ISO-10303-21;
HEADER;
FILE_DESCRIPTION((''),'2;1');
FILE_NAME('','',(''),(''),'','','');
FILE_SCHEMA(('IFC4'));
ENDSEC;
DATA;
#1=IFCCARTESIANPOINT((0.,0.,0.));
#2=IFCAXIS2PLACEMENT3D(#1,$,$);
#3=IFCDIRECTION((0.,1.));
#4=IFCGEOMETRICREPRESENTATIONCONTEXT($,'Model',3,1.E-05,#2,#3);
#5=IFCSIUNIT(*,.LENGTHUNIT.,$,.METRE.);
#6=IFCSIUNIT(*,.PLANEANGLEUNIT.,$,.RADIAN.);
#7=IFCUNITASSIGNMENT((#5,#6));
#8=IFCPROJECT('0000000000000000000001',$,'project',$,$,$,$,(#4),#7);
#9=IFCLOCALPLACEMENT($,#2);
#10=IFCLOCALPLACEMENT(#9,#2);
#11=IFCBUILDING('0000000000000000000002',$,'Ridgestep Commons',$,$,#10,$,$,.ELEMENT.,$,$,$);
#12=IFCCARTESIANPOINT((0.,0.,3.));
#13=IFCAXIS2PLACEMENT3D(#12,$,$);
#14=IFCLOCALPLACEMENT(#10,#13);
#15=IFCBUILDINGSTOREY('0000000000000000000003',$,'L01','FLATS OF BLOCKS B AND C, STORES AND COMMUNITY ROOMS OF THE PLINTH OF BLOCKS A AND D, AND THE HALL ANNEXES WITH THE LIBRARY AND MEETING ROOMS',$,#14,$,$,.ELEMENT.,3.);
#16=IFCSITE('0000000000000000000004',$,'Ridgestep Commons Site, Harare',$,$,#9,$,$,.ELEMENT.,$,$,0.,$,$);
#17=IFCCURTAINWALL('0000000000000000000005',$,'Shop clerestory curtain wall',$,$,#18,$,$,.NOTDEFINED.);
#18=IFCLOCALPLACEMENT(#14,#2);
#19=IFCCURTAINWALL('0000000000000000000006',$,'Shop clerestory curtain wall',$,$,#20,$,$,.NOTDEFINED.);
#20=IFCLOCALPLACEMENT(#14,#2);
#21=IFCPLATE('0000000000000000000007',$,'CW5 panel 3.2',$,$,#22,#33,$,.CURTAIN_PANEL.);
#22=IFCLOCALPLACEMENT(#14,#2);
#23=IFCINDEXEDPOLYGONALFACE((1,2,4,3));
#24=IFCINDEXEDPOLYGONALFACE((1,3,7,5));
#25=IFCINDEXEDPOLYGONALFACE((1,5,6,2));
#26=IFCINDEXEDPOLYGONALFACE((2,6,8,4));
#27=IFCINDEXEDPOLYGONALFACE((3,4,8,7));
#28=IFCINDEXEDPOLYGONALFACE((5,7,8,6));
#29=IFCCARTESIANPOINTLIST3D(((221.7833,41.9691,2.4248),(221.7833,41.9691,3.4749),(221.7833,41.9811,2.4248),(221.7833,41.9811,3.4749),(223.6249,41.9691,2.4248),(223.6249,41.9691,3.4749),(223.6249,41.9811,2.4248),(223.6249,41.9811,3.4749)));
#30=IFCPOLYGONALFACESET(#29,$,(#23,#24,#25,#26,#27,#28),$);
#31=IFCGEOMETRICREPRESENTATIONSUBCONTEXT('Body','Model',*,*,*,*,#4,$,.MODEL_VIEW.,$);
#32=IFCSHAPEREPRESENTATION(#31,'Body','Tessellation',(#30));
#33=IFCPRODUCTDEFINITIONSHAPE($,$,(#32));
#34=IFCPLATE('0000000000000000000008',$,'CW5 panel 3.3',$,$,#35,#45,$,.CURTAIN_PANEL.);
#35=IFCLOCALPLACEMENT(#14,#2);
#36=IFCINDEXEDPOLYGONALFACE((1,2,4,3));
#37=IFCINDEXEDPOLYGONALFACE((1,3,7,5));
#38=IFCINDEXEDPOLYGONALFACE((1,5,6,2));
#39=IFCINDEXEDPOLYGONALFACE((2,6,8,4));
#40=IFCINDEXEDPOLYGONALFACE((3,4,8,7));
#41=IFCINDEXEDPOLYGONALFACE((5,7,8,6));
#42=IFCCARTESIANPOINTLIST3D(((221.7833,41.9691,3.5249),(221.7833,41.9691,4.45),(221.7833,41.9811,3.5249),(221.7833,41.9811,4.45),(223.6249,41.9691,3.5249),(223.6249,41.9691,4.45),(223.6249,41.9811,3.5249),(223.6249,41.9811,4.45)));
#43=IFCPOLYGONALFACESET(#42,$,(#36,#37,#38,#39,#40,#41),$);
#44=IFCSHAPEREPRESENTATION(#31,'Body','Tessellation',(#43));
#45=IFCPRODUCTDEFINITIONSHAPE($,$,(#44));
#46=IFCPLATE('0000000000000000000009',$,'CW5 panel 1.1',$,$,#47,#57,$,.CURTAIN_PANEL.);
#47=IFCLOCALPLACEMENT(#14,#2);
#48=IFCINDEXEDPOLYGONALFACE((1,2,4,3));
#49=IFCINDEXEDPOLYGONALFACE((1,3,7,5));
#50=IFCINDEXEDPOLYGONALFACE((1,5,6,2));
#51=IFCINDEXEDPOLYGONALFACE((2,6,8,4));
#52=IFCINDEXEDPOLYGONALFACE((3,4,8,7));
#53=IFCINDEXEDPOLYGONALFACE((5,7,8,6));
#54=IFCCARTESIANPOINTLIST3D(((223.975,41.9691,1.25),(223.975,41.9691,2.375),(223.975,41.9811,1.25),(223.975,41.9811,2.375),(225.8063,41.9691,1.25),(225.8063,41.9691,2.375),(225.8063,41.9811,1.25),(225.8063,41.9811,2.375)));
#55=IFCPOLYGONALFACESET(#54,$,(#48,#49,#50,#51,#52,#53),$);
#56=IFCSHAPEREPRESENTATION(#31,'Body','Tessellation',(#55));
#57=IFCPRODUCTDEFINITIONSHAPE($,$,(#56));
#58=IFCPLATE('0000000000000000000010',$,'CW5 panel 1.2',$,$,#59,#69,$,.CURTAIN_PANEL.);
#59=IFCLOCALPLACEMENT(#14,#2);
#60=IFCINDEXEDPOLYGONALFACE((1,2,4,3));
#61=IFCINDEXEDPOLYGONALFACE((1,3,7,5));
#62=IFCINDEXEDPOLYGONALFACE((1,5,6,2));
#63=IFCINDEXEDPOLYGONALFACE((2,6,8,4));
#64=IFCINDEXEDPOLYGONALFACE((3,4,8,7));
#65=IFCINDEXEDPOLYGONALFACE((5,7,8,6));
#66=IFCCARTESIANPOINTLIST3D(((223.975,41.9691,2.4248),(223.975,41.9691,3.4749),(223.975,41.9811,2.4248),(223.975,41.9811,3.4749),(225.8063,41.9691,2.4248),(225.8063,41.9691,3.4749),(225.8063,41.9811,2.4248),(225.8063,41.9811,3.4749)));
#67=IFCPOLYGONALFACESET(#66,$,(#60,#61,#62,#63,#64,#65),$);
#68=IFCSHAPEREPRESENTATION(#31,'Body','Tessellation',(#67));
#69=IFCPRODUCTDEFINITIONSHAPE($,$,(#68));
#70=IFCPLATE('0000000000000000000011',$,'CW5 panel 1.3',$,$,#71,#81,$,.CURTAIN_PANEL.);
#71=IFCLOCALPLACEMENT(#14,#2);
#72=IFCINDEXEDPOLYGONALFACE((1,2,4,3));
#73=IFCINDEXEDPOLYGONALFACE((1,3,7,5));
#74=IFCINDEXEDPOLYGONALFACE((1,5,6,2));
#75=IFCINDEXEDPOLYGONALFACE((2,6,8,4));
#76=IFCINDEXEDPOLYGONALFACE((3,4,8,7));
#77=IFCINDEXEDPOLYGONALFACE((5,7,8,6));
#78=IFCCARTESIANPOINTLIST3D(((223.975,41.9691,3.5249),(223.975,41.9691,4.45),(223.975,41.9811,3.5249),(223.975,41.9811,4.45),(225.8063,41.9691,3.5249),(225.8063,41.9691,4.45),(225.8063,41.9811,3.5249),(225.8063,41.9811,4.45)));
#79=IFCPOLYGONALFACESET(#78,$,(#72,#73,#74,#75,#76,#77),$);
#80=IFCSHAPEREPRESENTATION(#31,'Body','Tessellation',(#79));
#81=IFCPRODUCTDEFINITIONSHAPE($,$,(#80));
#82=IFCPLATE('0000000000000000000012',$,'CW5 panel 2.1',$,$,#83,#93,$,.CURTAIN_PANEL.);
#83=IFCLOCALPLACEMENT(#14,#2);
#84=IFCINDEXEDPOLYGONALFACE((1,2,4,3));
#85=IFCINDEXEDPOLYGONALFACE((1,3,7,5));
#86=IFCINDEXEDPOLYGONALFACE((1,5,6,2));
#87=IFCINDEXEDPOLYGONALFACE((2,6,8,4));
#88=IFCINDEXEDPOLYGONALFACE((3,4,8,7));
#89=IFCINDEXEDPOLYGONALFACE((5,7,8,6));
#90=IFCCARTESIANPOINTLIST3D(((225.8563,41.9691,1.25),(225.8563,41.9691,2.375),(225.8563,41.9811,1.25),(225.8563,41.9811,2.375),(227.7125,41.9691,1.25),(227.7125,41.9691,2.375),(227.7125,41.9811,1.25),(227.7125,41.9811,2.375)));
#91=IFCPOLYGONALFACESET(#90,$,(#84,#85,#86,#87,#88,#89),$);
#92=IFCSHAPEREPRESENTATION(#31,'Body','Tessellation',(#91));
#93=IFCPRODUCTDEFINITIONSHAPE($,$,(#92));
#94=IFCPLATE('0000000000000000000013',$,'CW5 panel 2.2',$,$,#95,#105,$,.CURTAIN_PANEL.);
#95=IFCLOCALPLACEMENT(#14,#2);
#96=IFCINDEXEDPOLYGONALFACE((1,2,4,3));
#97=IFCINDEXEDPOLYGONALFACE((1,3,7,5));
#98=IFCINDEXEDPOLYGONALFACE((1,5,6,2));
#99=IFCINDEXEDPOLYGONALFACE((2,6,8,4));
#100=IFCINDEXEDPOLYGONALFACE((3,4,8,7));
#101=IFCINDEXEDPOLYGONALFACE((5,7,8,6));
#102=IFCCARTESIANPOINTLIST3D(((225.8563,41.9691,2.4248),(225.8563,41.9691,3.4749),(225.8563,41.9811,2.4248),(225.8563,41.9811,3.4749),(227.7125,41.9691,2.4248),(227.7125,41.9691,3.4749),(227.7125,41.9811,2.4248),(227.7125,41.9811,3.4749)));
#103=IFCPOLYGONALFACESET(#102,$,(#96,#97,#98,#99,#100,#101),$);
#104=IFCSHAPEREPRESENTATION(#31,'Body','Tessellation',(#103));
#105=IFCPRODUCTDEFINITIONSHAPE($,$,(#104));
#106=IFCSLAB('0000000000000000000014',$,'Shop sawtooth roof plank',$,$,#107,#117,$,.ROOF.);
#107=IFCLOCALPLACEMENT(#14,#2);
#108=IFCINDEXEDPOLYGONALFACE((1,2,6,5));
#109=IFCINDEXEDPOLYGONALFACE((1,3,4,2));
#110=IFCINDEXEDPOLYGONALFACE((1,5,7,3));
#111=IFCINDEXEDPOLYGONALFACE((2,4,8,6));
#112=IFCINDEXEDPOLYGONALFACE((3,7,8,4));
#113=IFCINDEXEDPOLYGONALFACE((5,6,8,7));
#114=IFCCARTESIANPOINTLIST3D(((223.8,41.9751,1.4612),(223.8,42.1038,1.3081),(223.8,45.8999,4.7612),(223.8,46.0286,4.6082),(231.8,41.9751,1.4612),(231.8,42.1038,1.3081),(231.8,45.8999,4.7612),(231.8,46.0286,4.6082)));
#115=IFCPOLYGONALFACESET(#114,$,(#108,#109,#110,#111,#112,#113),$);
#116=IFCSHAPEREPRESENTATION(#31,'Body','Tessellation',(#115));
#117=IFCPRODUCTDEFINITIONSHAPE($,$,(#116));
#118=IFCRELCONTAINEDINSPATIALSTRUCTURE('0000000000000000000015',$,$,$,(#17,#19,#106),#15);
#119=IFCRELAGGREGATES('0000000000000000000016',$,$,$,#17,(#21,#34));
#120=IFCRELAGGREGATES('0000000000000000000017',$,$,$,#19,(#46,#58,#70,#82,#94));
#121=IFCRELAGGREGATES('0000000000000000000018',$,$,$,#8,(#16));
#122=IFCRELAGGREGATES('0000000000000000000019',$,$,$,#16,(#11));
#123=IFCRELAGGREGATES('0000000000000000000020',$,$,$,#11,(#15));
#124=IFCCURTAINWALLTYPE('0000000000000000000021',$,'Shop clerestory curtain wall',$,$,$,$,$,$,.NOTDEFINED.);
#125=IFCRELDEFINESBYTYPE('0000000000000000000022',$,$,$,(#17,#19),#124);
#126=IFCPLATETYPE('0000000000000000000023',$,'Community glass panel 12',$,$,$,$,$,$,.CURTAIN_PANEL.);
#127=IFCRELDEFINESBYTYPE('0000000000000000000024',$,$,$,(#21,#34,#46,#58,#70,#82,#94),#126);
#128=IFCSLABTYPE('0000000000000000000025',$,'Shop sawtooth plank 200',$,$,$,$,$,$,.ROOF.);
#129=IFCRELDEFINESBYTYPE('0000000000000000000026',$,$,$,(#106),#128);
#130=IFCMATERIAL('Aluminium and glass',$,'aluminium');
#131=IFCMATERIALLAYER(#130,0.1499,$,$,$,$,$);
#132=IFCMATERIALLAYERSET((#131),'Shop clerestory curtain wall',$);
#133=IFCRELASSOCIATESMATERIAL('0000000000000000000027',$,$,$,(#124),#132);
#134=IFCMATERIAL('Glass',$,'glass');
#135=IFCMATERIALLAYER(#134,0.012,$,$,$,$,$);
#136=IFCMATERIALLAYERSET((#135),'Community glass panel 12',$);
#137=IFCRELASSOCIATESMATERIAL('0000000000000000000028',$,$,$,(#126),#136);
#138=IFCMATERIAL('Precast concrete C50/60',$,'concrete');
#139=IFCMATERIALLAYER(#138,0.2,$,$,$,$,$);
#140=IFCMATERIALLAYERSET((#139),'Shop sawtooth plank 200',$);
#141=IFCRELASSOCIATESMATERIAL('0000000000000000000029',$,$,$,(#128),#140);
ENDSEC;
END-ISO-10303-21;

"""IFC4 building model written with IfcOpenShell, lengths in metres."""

from ifc_helpers import new_model, si_unit, direction, frame, origin, origin_2d, place, context, subcontext, project, spatial, polyline, rectangle, outline, extrude, material, layer, layer_set, type_object, element, aggregate, save


model = new_model("IFC4")

# Units and contexts
model_context = context("Model", 3, precision=1e-05, world=origin(), true_north=direction((0.0, 1.0)))
body_context = subcontext(model_context, "Body", "Model", "MODEL_VIEW")
ifc_project = project(units=[si_unit("LENGTHUNIT", "METRE"), si_unit("PLANEANGLEUNIT", "RADIAN")], contexts=[model_context])

# Site, building, storey
site_placement = place(None, origin())
site = spatial("IfcSite", under=ifc_project, at=site_placement, Name="Ridgestep Commons Site, Harare", CompositionType="ELEMENT", RefElevation=0.0)
building_placement = place(site_placement, origin())
building = spatial("IfcBuilding", under=site, at=building_placement, Name="Ridgestep Commons", CompositionType="ELEMENT")
storey_placement = place(building_placement, frame((0.0, 0.0, 3.0)))
storey = spatial("IfcBuildingStorey", under=building, at=storey_placement, Name="L01", Description="FLATS OF BLOCKS B AND C, STORES AND COMMUNITY ROOMS OF THE PLINTH OF BLOCKS A AND D, AND THE HALL ANNEXES WITH THE LIBRARY AND MEETING ROOMS", CompositionType="ELEMENT", Elevation=3.0)

# Curtain wall
ifc_material_1 = material(Name="Aluminium and glass", Category="aluminium")
ifc_layer_1 = layer(ifc_material_1, 0.1499)
ifc_layer_set_1 = layer_set([ifc_layer_1], Name="Shop clerestory curtain wall")
curtain_wall_type = type_object("IfcCurtainWallType", Name="Shop clerestory curtain wall", PredefinedType="NOTDEFINED", material=ifc_layer_set_1)
curtain_wall_1_placement = place(storey_placement, origin())
curtain_wall_1 = element("IfcCurtainWall", 1, at=curtain_wall_1_placement, inside=storey, type_object=curtain_wall_type, Name="Shop clerestory curtain wall", PredefinedType="NOTDEFINED")

# Curtain wall
curtain_wall_2_placement = place(storey_placement, origin())
curtain_wall_2 = element("IfcCurtainWall", 2, at=curtain_wall_2_placement, inside=storey, type_object=curtain_wall_type, Name="Shop clerestory curtain wall", PredefinedType="NOTDEFINED")

# Plates
ifc_material_2 = material(Name="Glass", Category="glass")
ifc_layer_2 = layer(ifc_material_2, 0.012)
ifc_layer_set_2 = layer_set([ifc_layer_2], Name="Community glass panel 12")
plate_type = type_object("IfcPlateType", Name="Community glass panel 12", PredefinedType="CURTAIN_PANEL", material=ifc_layer_set_2)
plate_1_placement = place(storey_placement, frame((222.7041, 41.9751, 2.4248), z_axis=(0.0, 0.0, 1.0), x_axis=(1.0, 0.0, 0.0)))
plate_1 = element("IfcPlate", 3, at=plate_1_placement, type_object=plate_type, Name="CW5 panel 3.2", PredefinedType="CURTAIN_PANEL", context=body_context, shape_type="SweptSolid", body=[
    extrude(rectangle(XDim=1.8416, YDim=0.012, at=origin_2d()), origin(), (0.0, 0.0, 1.0), 1.05),
])
plate_2_placement = place(storey_placement, frame((222.7041, 41.9751, 3.5249), z_axis=(0.0, 0.0, 1.0), x_axis=(1.0, 0.0, 0.0)))
plate_2 = element("IfcPlate", 4, at=plate_2_placement, type_object=plate_type, Name="CW5 panel 3.3", PredefinedType="CURTAIN_PANEL", context=body_context, shape_type="SweptSolid", body=[
    extrude(rectangle(XDim=1.8416, YDim=0.012, at=origin_2d()), origin(), (0.0, 0.0, 1.0), 0.925),
])
aggregate(curtain_wall_1, [plate_1, plate_2])
plate_3_placement = place(storey_placement, frame((224.8906, 41.9751, 1.25), z_axis=(0.0, 0.0, 1.0), x_axis=(1.0, 0.0, 0.0)))
plate_3 = element("IfcPlate", 5, at=plate_3_placement, type_object=plate_type, Name="CW5 panel 1.1", PredefinedType="CURTAIN_PANEL", context=body_context, shape_type="SweptSolid", body=[
    extrude(rectangle(XDim=1.8313, YDim=0.012, at=origin_2d()), origin(), (0.0, 0.0, 1.0), 1.125),
])
plate_4_placement = place(storey_placement, frame((224.8906, 41.9751, 2.4248), z_axis=(0.0, 0.0, 1.0), x_axis=(1.0, 0.0, 0.0)))
plate_4 = element("IfcPlate", 6, at=plate_4_placement, type_object=plate_type, Name="CW5 panel 1.2", PredefinedType="CURTAIN_PANEL", context=body_context, shape_type="SweptSolid", body=[
    extrude(rectangle(XDim=1.8313, YDim=0.012, at=origin_2d()), origin(), (0.0, 0.0, 1.0), 1.05),
])
plate_5_placement = place(storey_placement, frame((224.8906, 41.9751, 3.5249), z_axis=(0.0, 0.0, 1.0), x_axis=(1.0, 0.0, 0.0)))
plate_5 = element("IfcPlate", 7, at=plate_5_placement, type_object=plate_type, Name="CW5 panel 1.3", PredefinedType="CURTAIN_PANEL", context=body_context, shape_type="SweptSolid", body=[
    extrude(rectangle(XDim=1.8313, YDim=0.012, at=origin_2d()), origin(), (0.0, 0.0, 1.0), 0.925),
])
plate_6_placement = place(storey_placement, frame((226.7844, 41.9751, 1.25), z_axis=(0.0, 0.0, 1.0), x_axis=(1.0, 0.0, 0.0)))
plate_6 = element("IfcPlate", 8, at=plate_6_placement, type_object=plate_type, Name="CW5 panel 2.1", PredefinedType="CURTAIN_PANEL", context=body_context, shape_type="SweptSolid", body=[
    extrude(rectangle(XDim=1.8562, YDim=0.012, at=origin_2d()), origin(), (0.0, 0.0, 1.0), 1.125),
])
plate_7_placement = place(storey_placement, frame((226.7844, 41.9751, 2.4248), z_axis=(0.0, 0.0, 1.0), x_axis=(1.0, 0.0, 0.0)))
plate_7 = element("IfcPlate", 9, at=plate_7_placement, type_object=plate_type, Name="CW5 panel 2.2", PredefinedType="CURTAIN_PANEL", context=body_context, shape_type="SweptSolid", body=[
    extrude(rectangle(XDim=1.8562, YDim=0.012, at=origin_2d()), origin(), (0.0, 0.0, 1.0), 1.05),
])
aggregate(curtain_wall_2, [plate_3, plate_4, plate_5, plate_6, plate_7])

# Slab
ifc_material_3 = material(Name="Precast concrete C50/60", Category="concrete")
ifc_layer_3 = layer(ifc_material_3, 0.2)
ifc_layer_set_3 = layer_set([ifc_layer_3], Name="Shop sawtooth plank 200")
slab_type = type_object("IfcSlabType", Name="Shop sawtooth plank 200", PredefinedType="ROOF", material=ifc_layer_set_3)
slab_placement = place(storey_placement, frame((223.8, 41.9751, 1.4612), z_axis=(0.0, -0.643559, 0.765396), x_axis=(1.0, 0.0, 0.0)))
element("IfcSlab", 10, at=slab_placement, inside=storey, type_object=slab_type, Name="Shop sawtooth roof plank", PredefinedType="ROOF", context=body_context, shape_type="SweptSolid", body=[
    extrude(outline(polyline([(0.0, 0.0), (8.0, 0.0), (8.0, 5.1278), (0.0, 5.1278), (0.0, 0.0)])), origin(), (0.0, 0.0, -1.0), 0.2),
])

save(model, "model.ifc")
